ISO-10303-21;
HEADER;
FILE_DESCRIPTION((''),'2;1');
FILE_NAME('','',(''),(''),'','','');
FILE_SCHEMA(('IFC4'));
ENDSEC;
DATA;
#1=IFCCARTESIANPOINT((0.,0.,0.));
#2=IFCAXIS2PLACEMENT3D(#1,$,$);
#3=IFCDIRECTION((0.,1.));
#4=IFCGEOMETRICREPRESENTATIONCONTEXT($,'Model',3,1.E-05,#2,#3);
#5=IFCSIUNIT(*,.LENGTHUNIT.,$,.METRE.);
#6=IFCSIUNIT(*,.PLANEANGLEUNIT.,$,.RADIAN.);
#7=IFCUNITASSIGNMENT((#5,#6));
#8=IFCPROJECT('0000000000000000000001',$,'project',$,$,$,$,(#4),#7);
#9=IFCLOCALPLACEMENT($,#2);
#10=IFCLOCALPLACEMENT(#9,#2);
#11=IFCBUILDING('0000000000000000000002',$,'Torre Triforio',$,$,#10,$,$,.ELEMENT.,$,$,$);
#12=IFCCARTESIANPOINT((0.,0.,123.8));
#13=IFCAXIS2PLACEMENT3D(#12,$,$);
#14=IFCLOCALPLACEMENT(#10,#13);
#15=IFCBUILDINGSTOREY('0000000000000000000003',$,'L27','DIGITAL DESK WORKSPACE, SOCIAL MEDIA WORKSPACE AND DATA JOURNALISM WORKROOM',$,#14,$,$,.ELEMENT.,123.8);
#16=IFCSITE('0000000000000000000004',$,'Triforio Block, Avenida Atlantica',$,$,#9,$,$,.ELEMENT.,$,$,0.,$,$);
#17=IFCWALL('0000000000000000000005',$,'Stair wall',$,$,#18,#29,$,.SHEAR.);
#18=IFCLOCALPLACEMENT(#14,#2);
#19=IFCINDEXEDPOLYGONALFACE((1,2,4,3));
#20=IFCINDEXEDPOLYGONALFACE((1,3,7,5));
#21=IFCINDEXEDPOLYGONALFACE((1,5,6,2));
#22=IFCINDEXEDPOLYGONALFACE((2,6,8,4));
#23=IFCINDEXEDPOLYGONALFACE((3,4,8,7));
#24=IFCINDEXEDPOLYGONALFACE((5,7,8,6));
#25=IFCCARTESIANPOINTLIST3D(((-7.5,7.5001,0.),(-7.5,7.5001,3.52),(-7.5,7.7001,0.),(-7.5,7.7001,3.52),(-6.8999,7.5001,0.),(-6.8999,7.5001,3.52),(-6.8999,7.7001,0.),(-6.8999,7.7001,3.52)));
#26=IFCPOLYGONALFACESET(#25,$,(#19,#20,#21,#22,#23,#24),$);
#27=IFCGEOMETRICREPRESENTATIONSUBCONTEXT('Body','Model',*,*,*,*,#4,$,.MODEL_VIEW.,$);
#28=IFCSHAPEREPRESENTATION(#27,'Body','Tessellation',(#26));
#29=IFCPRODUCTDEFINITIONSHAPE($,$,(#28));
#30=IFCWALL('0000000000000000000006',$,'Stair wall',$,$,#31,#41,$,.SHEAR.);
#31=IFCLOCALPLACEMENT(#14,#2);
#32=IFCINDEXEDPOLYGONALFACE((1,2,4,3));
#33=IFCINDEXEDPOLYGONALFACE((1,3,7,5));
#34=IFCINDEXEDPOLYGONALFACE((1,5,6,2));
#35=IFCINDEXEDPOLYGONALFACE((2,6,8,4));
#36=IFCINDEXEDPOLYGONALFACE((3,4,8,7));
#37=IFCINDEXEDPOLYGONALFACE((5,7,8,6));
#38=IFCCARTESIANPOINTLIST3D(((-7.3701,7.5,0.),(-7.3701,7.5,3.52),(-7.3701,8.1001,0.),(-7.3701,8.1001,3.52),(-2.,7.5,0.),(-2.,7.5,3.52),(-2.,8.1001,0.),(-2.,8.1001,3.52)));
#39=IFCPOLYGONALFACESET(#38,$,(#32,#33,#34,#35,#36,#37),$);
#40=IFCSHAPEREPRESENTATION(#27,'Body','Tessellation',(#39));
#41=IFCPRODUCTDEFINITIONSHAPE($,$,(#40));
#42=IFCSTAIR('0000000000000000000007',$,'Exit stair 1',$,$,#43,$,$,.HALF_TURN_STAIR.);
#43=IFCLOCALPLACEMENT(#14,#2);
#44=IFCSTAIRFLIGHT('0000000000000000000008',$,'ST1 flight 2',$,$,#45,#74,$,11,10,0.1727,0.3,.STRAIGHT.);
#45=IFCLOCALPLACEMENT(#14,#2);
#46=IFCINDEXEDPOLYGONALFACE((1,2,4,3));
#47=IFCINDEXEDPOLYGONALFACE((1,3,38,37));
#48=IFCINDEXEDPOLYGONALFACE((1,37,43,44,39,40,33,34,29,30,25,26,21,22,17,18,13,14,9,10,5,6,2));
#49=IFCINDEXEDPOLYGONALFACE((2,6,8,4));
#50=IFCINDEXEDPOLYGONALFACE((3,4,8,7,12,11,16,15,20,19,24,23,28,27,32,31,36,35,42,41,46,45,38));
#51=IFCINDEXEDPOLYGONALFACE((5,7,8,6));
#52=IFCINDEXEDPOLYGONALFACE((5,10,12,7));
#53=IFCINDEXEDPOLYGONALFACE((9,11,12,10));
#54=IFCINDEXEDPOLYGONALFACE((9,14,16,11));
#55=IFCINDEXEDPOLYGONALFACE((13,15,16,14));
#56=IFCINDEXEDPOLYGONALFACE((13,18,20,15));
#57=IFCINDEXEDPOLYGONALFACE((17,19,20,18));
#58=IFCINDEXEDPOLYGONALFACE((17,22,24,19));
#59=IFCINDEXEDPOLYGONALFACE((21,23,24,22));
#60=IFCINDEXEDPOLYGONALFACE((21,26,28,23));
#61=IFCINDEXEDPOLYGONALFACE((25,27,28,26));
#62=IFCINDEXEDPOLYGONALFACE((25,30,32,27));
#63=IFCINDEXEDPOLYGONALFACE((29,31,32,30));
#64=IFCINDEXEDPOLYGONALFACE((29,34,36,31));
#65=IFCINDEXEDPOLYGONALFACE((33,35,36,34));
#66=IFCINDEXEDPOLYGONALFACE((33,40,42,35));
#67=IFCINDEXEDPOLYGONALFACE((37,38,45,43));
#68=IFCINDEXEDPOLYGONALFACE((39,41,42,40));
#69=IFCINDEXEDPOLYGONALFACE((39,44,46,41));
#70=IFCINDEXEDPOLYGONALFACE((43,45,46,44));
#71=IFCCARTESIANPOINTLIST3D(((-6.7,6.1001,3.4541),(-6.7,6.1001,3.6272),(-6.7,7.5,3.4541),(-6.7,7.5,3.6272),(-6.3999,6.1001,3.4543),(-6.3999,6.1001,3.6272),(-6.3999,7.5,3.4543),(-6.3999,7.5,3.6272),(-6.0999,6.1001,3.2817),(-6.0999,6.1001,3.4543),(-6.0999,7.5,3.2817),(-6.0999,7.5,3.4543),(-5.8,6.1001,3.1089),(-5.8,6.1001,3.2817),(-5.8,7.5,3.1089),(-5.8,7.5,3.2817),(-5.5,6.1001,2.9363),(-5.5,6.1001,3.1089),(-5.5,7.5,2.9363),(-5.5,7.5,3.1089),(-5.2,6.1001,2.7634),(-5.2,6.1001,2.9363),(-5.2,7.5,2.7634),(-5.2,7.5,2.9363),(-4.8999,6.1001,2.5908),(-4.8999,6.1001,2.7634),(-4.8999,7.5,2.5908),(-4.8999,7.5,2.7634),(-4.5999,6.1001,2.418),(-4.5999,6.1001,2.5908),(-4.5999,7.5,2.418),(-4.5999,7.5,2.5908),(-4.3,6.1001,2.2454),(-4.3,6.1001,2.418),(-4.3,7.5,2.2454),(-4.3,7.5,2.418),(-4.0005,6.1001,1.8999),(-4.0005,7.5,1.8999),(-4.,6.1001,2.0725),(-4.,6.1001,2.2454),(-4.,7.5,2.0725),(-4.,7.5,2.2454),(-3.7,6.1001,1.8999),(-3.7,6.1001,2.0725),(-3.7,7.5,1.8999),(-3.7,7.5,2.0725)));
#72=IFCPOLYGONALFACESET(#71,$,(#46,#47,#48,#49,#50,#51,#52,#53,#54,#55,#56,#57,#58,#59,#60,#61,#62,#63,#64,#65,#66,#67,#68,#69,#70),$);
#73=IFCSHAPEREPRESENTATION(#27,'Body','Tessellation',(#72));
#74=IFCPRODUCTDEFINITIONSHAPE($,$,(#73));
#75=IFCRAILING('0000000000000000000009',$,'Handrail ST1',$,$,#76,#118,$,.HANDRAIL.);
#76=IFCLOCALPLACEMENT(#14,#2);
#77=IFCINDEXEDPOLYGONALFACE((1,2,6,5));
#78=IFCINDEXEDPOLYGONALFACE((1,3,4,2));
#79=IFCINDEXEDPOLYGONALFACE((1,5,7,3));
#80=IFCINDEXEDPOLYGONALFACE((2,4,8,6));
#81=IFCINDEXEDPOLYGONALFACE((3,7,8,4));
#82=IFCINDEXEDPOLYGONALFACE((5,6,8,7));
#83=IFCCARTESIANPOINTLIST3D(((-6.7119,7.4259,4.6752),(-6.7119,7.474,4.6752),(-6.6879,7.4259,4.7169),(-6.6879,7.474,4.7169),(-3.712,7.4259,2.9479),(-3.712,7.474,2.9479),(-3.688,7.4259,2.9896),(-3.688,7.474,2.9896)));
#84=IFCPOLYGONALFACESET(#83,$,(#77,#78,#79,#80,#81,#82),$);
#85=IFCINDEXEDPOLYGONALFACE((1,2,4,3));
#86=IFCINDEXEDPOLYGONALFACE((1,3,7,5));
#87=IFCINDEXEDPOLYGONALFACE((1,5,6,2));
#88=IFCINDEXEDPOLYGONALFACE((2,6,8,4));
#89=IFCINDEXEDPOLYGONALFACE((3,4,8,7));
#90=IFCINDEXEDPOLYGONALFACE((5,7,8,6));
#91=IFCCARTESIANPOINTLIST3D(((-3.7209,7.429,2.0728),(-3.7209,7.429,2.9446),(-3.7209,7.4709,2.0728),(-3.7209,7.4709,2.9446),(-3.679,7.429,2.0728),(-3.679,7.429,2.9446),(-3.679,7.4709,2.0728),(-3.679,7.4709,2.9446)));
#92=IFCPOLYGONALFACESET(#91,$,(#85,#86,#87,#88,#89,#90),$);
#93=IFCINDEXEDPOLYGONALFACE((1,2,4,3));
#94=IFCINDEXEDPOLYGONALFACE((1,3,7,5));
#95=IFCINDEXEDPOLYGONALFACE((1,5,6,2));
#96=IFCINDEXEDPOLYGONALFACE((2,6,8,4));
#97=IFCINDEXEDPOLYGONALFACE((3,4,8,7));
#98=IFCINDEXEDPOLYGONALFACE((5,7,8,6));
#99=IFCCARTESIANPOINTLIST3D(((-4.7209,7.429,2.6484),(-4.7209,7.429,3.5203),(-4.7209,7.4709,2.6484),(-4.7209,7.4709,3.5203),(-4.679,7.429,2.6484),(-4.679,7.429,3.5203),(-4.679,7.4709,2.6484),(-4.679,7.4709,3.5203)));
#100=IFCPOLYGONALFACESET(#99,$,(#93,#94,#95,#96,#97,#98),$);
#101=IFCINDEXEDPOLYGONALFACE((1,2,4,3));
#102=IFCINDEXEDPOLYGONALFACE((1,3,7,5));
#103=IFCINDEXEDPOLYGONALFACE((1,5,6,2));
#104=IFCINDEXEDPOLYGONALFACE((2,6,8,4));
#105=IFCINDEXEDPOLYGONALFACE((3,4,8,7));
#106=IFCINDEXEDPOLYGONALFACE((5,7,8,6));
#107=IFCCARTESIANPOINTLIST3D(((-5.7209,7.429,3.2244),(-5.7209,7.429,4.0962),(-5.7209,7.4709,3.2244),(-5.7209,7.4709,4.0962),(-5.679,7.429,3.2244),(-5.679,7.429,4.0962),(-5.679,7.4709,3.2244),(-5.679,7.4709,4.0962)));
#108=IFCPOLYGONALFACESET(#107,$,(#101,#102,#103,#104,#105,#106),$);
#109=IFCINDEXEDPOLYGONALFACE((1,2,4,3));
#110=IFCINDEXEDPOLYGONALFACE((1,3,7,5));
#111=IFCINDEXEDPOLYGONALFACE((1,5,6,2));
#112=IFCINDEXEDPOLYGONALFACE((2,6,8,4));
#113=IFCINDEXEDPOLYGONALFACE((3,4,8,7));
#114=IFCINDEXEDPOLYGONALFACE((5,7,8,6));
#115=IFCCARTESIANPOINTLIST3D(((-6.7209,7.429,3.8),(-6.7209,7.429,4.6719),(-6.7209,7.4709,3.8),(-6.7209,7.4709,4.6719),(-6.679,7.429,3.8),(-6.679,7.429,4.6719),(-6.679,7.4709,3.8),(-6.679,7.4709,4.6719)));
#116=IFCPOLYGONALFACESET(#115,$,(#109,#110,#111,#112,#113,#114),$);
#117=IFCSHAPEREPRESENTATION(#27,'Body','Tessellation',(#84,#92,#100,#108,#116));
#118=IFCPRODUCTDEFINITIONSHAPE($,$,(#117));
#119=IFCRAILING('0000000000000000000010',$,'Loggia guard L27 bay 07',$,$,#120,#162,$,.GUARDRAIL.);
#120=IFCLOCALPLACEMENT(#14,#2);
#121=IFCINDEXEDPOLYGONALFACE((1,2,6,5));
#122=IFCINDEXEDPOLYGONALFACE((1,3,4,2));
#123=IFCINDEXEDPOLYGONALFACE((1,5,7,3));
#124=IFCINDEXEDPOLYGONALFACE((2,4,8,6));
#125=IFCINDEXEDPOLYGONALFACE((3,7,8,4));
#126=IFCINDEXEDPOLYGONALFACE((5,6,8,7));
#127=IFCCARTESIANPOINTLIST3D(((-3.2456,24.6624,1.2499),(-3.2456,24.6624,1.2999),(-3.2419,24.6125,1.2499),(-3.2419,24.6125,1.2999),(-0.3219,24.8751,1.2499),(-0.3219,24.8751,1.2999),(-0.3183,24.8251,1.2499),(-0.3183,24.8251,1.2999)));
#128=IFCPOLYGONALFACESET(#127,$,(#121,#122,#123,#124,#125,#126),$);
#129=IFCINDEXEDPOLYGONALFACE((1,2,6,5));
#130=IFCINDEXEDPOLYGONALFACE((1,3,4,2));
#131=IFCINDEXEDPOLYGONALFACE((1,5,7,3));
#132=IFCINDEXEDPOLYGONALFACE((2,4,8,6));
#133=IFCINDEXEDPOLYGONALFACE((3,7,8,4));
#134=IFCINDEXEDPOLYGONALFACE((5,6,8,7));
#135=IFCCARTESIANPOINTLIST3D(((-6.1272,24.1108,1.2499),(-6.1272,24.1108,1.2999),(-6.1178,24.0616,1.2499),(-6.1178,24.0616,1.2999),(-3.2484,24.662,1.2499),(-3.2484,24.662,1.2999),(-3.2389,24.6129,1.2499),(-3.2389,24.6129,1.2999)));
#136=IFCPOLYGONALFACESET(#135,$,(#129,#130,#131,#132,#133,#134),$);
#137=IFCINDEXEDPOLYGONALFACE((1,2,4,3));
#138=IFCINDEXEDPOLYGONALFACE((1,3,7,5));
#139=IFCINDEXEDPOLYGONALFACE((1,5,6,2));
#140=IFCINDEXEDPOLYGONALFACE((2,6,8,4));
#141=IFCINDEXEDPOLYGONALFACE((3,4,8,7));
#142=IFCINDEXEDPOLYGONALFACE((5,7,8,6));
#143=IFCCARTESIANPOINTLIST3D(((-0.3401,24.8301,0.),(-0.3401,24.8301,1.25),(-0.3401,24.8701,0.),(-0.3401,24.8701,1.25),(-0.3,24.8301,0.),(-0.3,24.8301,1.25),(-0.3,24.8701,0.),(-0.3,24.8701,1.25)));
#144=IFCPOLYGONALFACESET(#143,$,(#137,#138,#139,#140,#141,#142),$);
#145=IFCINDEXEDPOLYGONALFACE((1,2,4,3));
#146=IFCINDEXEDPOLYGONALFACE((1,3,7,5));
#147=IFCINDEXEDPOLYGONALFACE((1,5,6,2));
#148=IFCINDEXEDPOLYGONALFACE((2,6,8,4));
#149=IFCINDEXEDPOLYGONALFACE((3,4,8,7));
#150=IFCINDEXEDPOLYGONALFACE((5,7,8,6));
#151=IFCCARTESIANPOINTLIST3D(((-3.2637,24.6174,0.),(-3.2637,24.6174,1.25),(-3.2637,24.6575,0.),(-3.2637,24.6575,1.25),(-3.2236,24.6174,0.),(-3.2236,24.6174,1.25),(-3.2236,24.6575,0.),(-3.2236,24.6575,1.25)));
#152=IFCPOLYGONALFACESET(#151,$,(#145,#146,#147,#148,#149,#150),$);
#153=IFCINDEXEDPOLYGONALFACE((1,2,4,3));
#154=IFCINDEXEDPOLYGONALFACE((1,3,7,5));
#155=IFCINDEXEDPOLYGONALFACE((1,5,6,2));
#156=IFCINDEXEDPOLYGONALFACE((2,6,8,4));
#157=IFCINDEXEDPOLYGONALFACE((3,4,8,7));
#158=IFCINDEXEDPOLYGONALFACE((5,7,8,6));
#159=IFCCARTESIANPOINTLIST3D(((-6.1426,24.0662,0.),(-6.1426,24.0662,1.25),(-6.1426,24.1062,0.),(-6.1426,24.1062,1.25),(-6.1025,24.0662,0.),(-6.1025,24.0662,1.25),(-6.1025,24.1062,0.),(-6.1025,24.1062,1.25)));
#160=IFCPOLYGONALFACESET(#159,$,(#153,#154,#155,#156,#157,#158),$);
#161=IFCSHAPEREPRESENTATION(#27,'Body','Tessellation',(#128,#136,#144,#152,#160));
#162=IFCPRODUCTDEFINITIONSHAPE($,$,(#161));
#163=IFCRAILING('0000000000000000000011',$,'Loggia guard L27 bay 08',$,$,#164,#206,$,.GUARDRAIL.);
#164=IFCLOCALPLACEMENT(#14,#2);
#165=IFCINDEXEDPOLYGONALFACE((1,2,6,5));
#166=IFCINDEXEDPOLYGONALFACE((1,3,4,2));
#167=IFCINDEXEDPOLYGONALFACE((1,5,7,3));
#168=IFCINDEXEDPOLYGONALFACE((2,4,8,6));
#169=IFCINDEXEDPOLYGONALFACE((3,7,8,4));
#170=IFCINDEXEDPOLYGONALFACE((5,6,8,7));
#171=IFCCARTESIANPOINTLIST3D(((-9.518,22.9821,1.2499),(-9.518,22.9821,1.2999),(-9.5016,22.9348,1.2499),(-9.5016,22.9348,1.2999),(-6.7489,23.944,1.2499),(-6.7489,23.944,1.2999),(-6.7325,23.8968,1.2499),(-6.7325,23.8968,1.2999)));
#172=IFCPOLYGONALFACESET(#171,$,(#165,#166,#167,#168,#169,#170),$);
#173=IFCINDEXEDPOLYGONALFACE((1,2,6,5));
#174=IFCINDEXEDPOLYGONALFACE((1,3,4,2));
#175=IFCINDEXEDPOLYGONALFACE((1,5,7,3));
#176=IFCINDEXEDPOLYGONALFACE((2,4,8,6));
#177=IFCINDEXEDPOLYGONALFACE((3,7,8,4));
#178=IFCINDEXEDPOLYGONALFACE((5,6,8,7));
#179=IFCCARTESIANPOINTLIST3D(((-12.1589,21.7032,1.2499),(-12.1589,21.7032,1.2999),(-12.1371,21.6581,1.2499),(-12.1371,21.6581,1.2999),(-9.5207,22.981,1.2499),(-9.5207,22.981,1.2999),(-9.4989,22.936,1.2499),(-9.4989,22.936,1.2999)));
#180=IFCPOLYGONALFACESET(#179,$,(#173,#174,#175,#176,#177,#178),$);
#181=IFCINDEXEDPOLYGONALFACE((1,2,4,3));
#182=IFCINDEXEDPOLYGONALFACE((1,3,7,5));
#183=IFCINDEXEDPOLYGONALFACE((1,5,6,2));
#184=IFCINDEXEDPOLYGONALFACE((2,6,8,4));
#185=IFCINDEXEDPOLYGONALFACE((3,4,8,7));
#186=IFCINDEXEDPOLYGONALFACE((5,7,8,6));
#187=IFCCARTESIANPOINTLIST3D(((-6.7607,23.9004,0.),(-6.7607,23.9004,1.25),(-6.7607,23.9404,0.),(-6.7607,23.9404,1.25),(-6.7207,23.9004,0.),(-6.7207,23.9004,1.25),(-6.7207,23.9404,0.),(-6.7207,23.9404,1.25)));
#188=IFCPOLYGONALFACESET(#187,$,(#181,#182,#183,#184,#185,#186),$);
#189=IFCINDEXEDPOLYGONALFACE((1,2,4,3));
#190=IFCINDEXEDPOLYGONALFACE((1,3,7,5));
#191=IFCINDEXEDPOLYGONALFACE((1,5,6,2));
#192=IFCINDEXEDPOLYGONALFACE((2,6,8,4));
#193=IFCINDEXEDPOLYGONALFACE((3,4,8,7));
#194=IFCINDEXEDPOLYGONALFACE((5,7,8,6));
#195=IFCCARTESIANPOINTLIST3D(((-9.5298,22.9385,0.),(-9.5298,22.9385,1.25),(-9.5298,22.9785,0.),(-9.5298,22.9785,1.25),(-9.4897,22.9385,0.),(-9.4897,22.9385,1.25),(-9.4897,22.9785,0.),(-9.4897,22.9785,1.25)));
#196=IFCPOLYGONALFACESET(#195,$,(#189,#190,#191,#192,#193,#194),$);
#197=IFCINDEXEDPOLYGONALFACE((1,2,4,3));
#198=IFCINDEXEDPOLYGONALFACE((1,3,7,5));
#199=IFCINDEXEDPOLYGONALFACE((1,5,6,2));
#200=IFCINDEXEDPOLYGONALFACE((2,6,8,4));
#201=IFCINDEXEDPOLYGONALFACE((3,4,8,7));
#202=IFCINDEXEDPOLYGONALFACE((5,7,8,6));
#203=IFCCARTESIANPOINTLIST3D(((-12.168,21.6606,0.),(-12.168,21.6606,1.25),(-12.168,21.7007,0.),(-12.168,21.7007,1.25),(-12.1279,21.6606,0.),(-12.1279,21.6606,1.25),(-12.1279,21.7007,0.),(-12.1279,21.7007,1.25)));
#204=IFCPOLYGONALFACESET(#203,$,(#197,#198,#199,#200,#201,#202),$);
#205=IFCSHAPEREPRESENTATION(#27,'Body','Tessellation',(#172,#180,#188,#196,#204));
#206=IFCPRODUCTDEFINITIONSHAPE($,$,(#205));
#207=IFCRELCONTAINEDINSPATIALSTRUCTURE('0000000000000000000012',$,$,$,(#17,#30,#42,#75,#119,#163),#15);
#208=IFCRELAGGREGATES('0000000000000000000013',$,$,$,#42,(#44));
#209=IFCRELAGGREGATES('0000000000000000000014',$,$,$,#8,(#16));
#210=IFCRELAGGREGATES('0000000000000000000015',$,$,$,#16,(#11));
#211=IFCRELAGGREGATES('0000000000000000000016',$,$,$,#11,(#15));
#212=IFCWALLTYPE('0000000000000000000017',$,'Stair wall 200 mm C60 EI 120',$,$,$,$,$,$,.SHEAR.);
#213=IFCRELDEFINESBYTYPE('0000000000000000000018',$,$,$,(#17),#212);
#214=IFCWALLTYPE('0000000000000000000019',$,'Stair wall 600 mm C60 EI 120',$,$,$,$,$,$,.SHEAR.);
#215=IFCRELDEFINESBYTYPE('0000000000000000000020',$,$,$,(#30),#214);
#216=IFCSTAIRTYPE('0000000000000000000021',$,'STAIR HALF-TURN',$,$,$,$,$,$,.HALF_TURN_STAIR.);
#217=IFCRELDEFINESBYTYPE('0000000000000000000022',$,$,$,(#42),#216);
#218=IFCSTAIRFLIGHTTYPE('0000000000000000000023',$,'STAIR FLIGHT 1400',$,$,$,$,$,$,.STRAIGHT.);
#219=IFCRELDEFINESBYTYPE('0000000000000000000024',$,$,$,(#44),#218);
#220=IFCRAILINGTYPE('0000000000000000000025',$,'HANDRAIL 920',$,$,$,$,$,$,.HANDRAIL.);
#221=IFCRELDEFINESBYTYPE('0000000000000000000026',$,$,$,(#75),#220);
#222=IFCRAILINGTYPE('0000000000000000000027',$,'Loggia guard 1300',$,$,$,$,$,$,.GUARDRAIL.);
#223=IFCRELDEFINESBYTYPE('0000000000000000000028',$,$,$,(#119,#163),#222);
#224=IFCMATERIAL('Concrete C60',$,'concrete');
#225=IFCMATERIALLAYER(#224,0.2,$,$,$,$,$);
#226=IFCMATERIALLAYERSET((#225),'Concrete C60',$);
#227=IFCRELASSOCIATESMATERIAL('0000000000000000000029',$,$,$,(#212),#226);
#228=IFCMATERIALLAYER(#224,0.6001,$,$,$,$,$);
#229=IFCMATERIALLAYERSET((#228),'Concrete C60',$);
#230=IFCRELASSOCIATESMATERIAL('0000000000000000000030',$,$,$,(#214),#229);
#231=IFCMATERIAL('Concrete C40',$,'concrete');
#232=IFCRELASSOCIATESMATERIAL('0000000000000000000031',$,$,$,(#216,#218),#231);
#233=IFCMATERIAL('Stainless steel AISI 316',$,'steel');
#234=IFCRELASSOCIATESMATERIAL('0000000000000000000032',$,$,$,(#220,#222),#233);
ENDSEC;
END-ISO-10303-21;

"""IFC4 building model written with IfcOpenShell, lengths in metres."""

from ifc_helpers import new_model, si_unit, direction, frame, frame_2d, origin, origin_2d, place, context, subcontext, project, spatial, polyline, rectangle, outline, extrude, material, layer, layer_set, type_object, element, aggregate, save


model = new_model("IFC4")

# Units and contexts
model_context = context("Model", 3, precision=1e-05, world=origin(), true_north=direction((0.0, 1.0)))
body_context = subcontext(model_context, "Body", "Model", "MODEL_VIEW")
ifc_project = project(units=[si_unit("LENGTHUNIT", "METRE"), si_unit("PLANEANGLEUNIT", "RADIAN")], contexts=[model_context])

# Site, building, storey
site_placement = place(None, origin())
site = spatial("IfcSite", under=ifc_project, at=site_placement, Name="Triforio Block, Avenida Atlantica", CompositionType="ELEMENT", RefElevation=0.0)
building_placement = place(site_placement, origin())
building = spatial("IfcBuilding", under=site, at=building_placement, Name="Torre Triforio", CompositionType="ELEMENT")
storey_placement = place(building_placement, frame((0.0, 0.0, 123.8)))
storey = spatial("IfcBuildingStorey", under=building, at=storey_placement, Name="L27", Description="DIGITAL DESK WORKSPACE, SOCIAL MEDIA WORKSPACE AND DATA JOURNALISM WORKROOM", CompositionType="ELEMENT", Elevation=123.8)

# Shared definitions
ifc_material_1 = material(Name="Concrete C60", Category="concrete")

# Walls
ifc_layer_1 = layer(ifc_material_1, 0.2)
ifc_layer_set_1 = layer_set([ifc_layer_1], Name="Concrete C60")
wall_type_1 = type_object("IfcWallType", Name="Stair wall 200 mm C60 EI 120", PredefinedType="SHEAR", material=ifc_layer_set_1)
wall_1_placement = place(storey_placement, frame((-7.5, 7.6001, 0.0), z_axis=(0.0, 0.0, 1.0), x_axis=(1.0, 0.0, 0.0)))
element("IfcWall", 1, at=wall_1_placement, inside=storey, type_object=wall_type_1, Name="Stair wall", PredefinedType="SHEAR", context=body_context, shape_type="SweptSolid", body=[
    extrude(rectangle(XDim=0.6001, YDim=0.2, at=frame_2d((0.3, 0.0))), origin(), (0.0, 0.0, 1.0), 3.52),
])
ifc_layer_2 = layer(ifc_material_1, 0.6001)
ifc_layer_set_2 = layer_set([ifc_layer_2], Name="Concrete C60")
wall_type_2 = type_object("IfcWallType", Name="Stair wall 600 mm C60 EI 120", PredefinedType="SHEAR", material=ifc_layer_set_2)
wall_2_placement = place(storey_placement, frame((-7.3701, 7.8, 0.0), z_axis=(0.0, 0.0, 1.0), x_axis=(1.0, 0.0, 0.0)))
element("IfcWall", 2, at=wall_2_placement, inside=storey, type_object=wall_type_2, Name="Stair wall", PredefinedType="SHEAR", context=body_context, shape_type="SweptSolid", body=[
    extrude(rectangle(XDim=5.3701, YDim=0.6001, at=frame_2d((2.6851, 0.0))), origin(), (0.0, 0.0, 1.0), 3.52),
])

# Shared definitions
ifc_material_2 = material(Name="Concrete C40", Category="concrete")

# Stair, stair flight
stair_type = type_object("IfcStairType", Name="STAIR HALF-TURN", PredefinedType="HALF_TURN_STAIR", material=ifc_material_2)
stair_placement = place(storey_placement, origin())
stair = element("IfcStair", 3, at=stair_placement, inside=storey, type_object=stair_type, Name="Exit stair 1", PredefinedType="HALF_TURN_STAIR")
stair_flight_type = type_object("IfcStairFlightType", Name="STAIR FLIGHT 1400", PredefinedType="STRAIGHT", material=ifc_material_2)
stair_flight_placement = place(storey_placement, frame((-3.7, 6.8, 1.8999), z_axis=(0.0, 0.0, 1.0), x_axis=(-1.0, 0.0, 0.0)))
stair_flight = element("IfcStairFlight", 4, at=stair_flight_placement, type_object=stair_flight_type, Name="ST1 flight 2", NumberOfRisers=11, NumberOfTreads=10, PredefinedType="STRAIGHT", RiserHeight=0.1727, TreadLength=0.3, context=body_context, shape_type="SweptSolid", body=[
    extrude(outline(polyline([(0.0, 0.0), (0.0, 0.1726), (0.3, 0.1726), (0.3, 0.3455), (0.6001, 0.3455), (0.6001, 0.5181), (0.8999, 0.5181), (0.8999, 0.6909), (1.2, 0.6909), (1.2, 0.8635), (1.5, 0.8635), (1.5, 1.0364), (1.8, 1.0364), (1.8, 1.209), (2.1001, 1.209), (2.1001, 1.3818), (2.3999, 1.3818), (2.3999, 1.5544), (2.7, 1.5544), (2.7, 1.7273), (3.0, 1.7273), (3.0, 1.8999), (3.0, 1.5542), (0.3005, 0.0), (0.0, 0.0)])), frame((0.0, 0.7, 0.0), z_axis=(0.0, -1.0, 0.0), x_axis=(1.0, 0.0, 0.0)), (0.0, 0.0, 1.0), 1.3999),
])
aggregate(stair, [stair_flight])

# Railings
ifc_material_3 = material(Name="Stainless steel AISI 316", Category="steel")
railing_type_1 = type_object("IfcRailingType", Name="HANDRAIL 920", PredefinedType="HANDRAIL", material=ifc_material_3)
railing_1_placement = place(storey_placement, frame((-3.7, 7.45, 2.0728)))
element("IfcRailing", 5, at=railing_1_placement, inside=storey, type_object=railing_type_1, Name="Handrail ST1", PredefinedType="HANDRAIL", context=body_context, shape_type="SweptSolid", body=[
    extrude(rectangle(XDim=0.0481, YDim=0.0481, at=origin_2d()), frame((0.0, 0.0, 0.896), z_axis=(-0.86662, 0.0, 0.498969), x_axis=(0.0, -1.0, 0.0)), (0.0, 0.0, 1.0), 3.4617),
    extrude(rectangle(XDim=0.042, YDim=0.042, at=origin_2d()), origin(), (0.0, 0.0, 1.0), 0.8718),
    extrude(rectangle(XDim=0.042, YDim=0.042, at=origin_2d()), frame((-1.0, 0.0, 0.5757)), (0.0, 0.0, 1.0), 0.8718),
    extrude(rectangle(XDim=0.042, YDim=0.042, at=origin_2d()), frame((-2.0, 0.0, 1.1516)), (0.0, 0.0, 1.0), 0.8718),
    extrude(rectangle(XDim=0.042, YDim=0.042, at=origin_2d()), frame((-3.0, 0.0, 1.7273)), (0.0, 0.0, 1.0), 0.8718),
])
railing_type_2 = type_object("IfcRailingType", Name="Loggia guard 1300", PredefinedType="GUARDRAIL", material=ifc_material_3)
railing_2_placement = place(storey_placement, frame((-0.3201, 24.8501, 0.0)))
element("IfcRailing", 6, at=railing_2_placement, inside=storey, type_object=railing_type_2, Name="Loggia guard L27 bay 07", PredefinedType="GUARDRAIL", context=body_context, shape_type="SweptSolid", body=[
    extrude(rectangle(XDim=0.05, YDim=0.05, at=origin_2d()), frame((0.0, 0.0, 1.2749), z_axis=(-0.997365, -0.072543, 0.0), x_axis=(0.072543, -0.997365, 0.0)), (0.0, 0.0, 1.0), 2.9314),
    extrude(rectangle(XDim=0.05, YDim=0.05, at=origin_2d()), frame((-2.9236, -0.2126, 1.2749), z_axis=(-0.982156, -0.188069, 0.0), x_axis=(0.188069, -0.982156, 0.0)), (0.0, 0.0, 1.0), 2.9312),
    extrude(rectangle(XDim=0.04, YDim=0.04, at=origin_2d()), origin(), (0.0, 0.0, 1.0), 1.25),
    extrude(rectangle(XDim=0.04, YDim=0.04, at=origin_2d()), frame((-2.9236, -0.2126, 0.0)), (0.0, 0.0, 1.0), 1.25),
    extrude(rectangle(XDim=0.04, YDim=0.04, at=origin_2d()), frame((-5.8025, -0.7639, 0.0)), (0.0, 0.0, 1.0), 1.25),
])
railing_3_placement = place(storey_placement, frame((-6.7407, 23.9204, 0.0)))
element("IfcRailing", 7, at=railing_3_placement, inside=storey, type_object=railing_type_2, Name="Loggia guard L27 bay 08", PredefinedType="GUARDRAIL", context=body_context, shape_type="SweptSolid", body=[
    extrude(rectangle(XDim=0.05, YDim=0.05, at=origin_2d()), frame((0.0, 0.0, 1.2749), z_axis=(-0.944627, -0.328146, 0.0), x_axis=(0.328146, -0.944627, 0.0)), (0.0, 0.0, 1.0), 2.9314),
    extrude(rectangle(XDim=0.05, YDim=0.05, at=origin_2d()), frame((-2.769, -0.9619, 1.2749), z_axis=(-0.899986, -0.435918, 0.0), x_axis=(0.435918, -0.899986, 0.0)), (0.0, 0.0, 1.0), 2.9314),
    extrude(rectangle(XDim=0.04, YDim=0.04, at=origin_2d()), origin(), (0.0, 0.0, 1.0), 1.25),
    extrude(rectangle(XDim=0.04, YDim=0.04, at=origin_2d()), frame((-2.769, -0.9619, 0.0)), (0.0, 0.0, 1.0), 1.25),
    extrude(rectangle(XDim=0.04, YDim=0.04, at=origin_2d()), frame((-5.4072, -2.2397, 0.0)), (0.0, 0.0, 1.0), 1.25),
])

save(model, "model.ifc")
